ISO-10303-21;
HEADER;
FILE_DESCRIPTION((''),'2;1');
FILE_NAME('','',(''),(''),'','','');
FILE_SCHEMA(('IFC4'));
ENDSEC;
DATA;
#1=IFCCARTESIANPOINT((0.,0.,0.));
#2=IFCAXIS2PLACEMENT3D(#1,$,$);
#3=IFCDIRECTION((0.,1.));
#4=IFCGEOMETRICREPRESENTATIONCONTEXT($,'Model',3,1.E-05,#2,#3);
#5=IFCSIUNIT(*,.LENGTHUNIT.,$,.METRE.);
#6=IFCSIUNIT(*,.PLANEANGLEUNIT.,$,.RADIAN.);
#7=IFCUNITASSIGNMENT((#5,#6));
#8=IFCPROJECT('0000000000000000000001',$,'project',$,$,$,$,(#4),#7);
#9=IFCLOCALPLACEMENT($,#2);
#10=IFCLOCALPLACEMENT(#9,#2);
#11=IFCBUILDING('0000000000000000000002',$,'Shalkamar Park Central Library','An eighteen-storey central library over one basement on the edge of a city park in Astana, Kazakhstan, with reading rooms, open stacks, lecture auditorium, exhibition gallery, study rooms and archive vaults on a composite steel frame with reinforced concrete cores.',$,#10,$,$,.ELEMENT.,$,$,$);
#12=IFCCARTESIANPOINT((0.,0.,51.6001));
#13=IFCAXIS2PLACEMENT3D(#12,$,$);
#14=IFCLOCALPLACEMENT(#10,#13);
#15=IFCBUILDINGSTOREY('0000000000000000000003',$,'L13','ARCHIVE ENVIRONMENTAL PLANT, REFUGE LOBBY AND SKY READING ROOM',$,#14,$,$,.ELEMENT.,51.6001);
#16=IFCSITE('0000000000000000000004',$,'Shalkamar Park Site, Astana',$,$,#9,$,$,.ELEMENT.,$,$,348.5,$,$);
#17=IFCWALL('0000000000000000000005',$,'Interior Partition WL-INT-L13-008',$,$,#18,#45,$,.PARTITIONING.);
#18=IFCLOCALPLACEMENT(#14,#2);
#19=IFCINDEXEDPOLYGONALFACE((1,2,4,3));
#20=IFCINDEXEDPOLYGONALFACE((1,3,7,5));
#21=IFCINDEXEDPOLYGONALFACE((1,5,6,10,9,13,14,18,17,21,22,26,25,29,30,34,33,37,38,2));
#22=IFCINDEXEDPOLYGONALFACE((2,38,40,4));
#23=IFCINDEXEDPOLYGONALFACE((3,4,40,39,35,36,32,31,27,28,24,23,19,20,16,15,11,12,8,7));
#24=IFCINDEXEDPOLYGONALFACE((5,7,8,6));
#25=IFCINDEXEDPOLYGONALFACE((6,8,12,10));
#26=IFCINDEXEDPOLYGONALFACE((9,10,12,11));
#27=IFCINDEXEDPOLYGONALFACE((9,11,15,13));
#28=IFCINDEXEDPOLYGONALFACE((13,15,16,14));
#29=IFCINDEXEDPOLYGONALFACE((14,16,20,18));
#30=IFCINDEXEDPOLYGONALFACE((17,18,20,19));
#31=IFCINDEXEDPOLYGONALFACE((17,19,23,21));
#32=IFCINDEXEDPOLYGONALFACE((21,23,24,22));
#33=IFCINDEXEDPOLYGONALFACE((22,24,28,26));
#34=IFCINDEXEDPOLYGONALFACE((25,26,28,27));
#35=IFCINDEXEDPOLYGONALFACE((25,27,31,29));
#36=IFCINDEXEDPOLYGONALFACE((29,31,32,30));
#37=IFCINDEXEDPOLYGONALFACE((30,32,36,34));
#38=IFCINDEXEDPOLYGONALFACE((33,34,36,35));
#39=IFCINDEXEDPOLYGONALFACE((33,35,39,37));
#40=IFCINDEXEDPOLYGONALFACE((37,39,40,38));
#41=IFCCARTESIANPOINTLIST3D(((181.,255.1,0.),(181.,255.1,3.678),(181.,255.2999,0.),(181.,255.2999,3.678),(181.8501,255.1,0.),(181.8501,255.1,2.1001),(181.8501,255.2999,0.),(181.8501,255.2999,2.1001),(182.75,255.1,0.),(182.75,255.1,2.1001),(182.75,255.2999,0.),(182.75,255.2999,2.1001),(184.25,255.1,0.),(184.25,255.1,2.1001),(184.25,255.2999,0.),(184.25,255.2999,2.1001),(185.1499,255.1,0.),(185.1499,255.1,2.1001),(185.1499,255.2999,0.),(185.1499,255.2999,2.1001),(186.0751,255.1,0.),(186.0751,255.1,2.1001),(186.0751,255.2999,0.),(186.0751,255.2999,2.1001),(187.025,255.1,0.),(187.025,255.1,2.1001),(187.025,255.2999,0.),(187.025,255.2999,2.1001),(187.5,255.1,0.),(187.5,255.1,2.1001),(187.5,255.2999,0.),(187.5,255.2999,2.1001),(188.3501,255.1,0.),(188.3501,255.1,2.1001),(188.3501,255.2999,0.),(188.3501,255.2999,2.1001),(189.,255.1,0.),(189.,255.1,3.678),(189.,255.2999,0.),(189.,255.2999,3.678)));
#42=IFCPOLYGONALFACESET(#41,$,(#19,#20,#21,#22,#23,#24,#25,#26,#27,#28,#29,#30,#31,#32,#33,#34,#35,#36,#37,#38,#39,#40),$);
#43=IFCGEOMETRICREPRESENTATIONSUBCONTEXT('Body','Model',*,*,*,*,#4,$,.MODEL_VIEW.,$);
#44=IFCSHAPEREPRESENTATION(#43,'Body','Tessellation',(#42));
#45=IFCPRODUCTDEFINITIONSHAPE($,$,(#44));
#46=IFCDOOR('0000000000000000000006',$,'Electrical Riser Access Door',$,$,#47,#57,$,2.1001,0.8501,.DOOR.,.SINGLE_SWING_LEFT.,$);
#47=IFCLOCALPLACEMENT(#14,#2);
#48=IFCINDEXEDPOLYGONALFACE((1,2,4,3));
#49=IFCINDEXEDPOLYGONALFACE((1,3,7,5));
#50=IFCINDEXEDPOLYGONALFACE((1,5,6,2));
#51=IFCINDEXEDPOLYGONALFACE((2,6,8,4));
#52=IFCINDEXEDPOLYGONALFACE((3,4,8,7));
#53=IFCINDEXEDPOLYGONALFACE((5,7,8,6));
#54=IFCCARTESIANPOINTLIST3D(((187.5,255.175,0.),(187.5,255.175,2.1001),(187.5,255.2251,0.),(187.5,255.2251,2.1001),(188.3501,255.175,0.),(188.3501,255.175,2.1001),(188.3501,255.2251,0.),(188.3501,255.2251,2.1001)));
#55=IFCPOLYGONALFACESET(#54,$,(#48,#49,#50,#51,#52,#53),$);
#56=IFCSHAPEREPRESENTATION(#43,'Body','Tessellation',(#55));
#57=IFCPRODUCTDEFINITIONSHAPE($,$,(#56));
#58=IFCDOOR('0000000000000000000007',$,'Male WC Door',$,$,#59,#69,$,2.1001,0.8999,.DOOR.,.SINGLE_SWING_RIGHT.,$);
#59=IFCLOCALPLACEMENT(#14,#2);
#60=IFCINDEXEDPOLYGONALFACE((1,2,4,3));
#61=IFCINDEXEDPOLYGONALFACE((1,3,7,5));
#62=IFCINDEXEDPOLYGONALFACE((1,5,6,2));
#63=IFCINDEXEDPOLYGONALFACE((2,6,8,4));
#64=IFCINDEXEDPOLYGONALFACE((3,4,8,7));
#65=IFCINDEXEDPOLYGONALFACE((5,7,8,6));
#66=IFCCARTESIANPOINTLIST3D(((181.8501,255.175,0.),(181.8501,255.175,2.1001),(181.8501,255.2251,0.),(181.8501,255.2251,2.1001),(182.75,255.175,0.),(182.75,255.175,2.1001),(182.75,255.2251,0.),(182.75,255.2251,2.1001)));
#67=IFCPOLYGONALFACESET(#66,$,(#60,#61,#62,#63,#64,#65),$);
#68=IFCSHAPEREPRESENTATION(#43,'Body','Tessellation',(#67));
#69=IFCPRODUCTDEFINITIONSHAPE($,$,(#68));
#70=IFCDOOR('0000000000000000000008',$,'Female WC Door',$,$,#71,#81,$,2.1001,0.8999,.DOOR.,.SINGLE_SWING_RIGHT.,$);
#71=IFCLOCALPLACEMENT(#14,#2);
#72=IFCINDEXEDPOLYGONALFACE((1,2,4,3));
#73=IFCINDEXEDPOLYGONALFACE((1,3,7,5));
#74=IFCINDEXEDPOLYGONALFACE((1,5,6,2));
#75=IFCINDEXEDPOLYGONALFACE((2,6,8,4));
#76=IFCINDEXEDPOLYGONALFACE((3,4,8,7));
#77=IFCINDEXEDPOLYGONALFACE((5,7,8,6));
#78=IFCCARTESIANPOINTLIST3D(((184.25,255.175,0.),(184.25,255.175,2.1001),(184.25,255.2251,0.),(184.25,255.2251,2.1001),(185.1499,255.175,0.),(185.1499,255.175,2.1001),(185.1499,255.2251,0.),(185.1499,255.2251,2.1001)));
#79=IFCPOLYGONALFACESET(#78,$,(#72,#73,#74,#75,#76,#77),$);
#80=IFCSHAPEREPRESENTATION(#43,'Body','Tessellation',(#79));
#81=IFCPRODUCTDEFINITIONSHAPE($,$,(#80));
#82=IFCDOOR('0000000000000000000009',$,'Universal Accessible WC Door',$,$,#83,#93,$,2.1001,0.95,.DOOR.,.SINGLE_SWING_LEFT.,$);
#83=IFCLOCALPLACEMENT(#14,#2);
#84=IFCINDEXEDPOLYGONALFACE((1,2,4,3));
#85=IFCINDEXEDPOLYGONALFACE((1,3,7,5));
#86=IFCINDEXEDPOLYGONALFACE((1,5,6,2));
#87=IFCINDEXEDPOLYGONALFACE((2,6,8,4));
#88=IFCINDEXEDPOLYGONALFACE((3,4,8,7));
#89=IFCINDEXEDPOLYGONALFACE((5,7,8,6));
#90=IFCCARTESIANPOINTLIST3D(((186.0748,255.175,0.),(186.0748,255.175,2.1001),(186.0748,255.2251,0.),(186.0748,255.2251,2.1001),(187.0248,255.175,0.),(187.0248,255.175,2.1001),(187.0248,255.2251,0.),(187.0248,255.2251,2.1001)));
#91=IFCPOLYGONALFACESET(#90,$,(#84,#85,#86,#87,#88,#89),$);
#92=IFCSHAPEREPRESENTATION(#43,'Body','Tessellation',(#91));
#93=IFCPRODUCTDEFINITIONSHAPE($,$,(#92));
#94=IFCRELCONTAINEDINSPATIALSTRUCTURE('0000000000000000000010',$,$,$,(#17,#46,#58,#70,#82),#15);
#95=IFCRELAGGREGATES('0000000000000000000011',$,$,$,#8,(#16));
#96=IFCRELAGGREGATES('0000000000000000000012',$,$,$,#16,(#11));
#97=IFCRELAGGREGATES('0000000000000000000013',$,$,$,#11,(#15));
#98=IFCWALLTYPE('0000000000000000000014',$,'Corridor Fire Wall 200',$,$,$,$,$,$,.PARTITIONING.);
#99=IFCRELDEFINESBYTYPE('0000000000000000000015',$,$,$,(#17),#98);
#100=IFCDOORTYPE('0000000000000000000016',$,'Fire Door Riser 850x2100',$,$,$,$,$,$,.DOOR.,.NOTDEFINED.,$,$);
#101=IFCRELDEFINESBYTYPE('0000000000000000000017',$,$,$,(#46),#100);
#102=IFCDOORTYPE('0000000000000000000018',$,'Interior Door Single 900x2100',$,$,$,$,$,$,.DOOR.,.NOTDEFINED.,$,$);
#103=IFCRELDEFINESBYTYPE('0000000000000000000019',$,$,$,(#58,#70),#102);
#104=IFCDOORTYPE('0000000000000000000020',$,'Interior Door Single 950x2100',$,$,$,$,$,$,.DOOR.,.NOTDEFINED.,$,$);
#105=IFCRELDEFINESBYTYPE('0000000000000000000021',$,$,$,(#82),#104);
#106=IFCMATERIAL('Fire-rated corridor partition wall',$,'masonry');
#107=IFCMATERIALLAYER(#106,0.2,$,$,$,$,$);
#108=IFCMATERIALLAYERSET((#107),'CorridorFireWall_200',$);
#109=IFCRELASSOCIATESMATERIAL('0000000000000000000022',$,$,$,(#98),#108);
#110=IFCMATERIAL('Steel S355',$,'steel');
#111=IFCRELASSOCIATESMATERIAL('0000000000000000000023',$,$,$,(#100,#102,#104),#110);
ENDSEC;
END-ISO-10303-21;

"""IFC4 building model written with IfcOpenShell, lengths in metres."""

from ifc_helpers import new_model, si_unit, direction, frame, frame_2d, origin, place, context, subcontext, project, spatial, rectangle, extrude, material, layer, layer_set, type_object, element, fill, save


model = new_model("IFC4")

# Units and contexts
model_context = context("Model", 3, precision=1e-05, world=origin(), true_north=direction((0.0, 1.0)))
body_context = subcontext(model_context, "Body", "Model", "MODEL_VIEW")
ifc_project = project(units=[si_unit("LENGTHUNIT", "METRE"), si_unit("PLANEANGLEUNIT", "RADIAN")], contexts=[model_context])

# Site, building, storey
site_placement = place(None, origin())
site = spatial("IfcSite", under=ifc_project, at=site_placement, Name="Shalkamar Park Site, Astana", CompositionType="ELEMENT", RefElevation=348.5)
building_placement = place(site_placement, origin())
building = spatial("IfcBuilding", under=site, at=building_placement, Name="Shalkamar Park Central Library", Description="An eighteen-storey central library over one basement on the edge of a city park in Astana, Kazakhstan, with reading rooms, open stacks, lecture auditorium, exhibition gallery, study rooms and archive vaults on a composite steel frame with reinforced concrete cores.", CompositionType="ELEMENT")
storey_placement = place(building_placement, frame((0.0, 0.0, 51.6001)))
storey = spatial("IfcBuildingStorey", under=building, at=storey_placement, Name="L13", Description="ARCHIVE ENVIRONMENTAL PLANT, REFUGE LOBBY AND SKY READING ROOM", CompositionType="ELEMENT", Elevation=51.6001)

# Shared definitions
ifc_material_1 = material(Name="Steel S355", Category="steel")

# Wall, openings, doors
ifc_material_2 = material(Name="Fire-rated corridor partition wall", Category="masonry")
ifc_layer = layer(ifc_material_2, 0.2)
ifc_layer_set = layer_set([ifc_layer], Name="CorridorFireWall_200")
wall_type = type_object("IfcWallType", Name="Corridor Fire Wall 200", PredefinedType="PARTITIONING", material=ifc_layer_set)
wall_placement = place(storey_placement, frame((181.0, 255.2, 0.0), z_axis=(0.0, 0.0, 1.0), x_axis=(1.0, 0.0, 0.0)))
wall = element("IfcWall", 1, at=wall_placement, inside=storey, type_object=wall_type, Name="Interior Partition WL-INT-L13-008", PredefinedType="PARTITIONING", context=body_context, shape_type="SweptSolid", body=[
    extrude(rectangle(XDim=8.0, YDim=0.2, at=frame_2d((4.0, 0.0))), origin(), (0.0, 0.0, 1.0), 3.678),
])
opening_1_placement = place(wall_placement, frame((0.8501, 0.0, 0.0)))
opening_1 = element("IfcOpeningElement", 2, at=opening_1_placement, cuts=wall, PredefinedType="OPENING", context=body_context, shape_type="SweptSolid", body=[
    extrude(rectangle(XDim=0.8999, YDim=2.1001, at=frame_2d((0.45, 1.05))), frame((0.0, 0.1147, 0.0), z_axis=(0.0, -1.0, 0.0), x_axis=(1.0, 0.0, 0.0)), (0.0, 0.0, 1.0), 0.2297),
])
opening_2_placement = place(wall_placement, frame((3.25, 0.0, 0.0)))
opening_2 = element("IfcOpeningElement", 3, at=opening_2_placement, cuts=wall, PredefinedType="OPENING", context=body_context, shape_type="SweptSolid", body=[
    extrude(rectangle(XDim=0.8999, YDim=2.1001, at=frame_2d((0.45, 1.05))), frame((0.0, 0.1147, 0.0), z_axis=(0.0, -1.0, 0.0), x_axis=(1.0, 0.0, 0.0)), (0.0, 0.0, 1.0), 0.2297),
])
opening_3_placement = place(wall_placement, frame((5.075, 0.0, 0.0)))
opening_3 = element("IfcOpeningElement", 4, at=opening_3_placement, cuts=wall, PredefinedType="OPENING", context=body_context, shape_type="SweptSolid", body=[
    extrude(rectangle(XDim=0.95, YDim=2.1001, at=frame_2d((0.4751, 1.05))), frame((0.0, 0.1147, 0.0), z_axis=(0.0, -1.0, 0.0), x_axis=(1.0, 0.0, 0.0)), (0.0, 0.0, 1.0), 0.2297),
])
opening_4_placement = place(wall_placement, frame((6.5, 0.0, 0.0)))
opening_4 = element("IfcOpeningElement", 5, at=opening_4_placement, cuts=wall, PredefinedType="OPENING", context=body_context, shape_type="SweptSolid", body=[
    extrude(rectangle(XDim=0.8501, YDim=2.1001, at=frame_2d((0.425, 1.05))), frame((0.0, 0.1147, 0.0), z_axis=(0.0, -1.0, 0.0), x_axis=(1.0, 0.0, 0.0)), (0.0, 0.0, 1.0), 0.2297),
])
door_type_1 = type_object("IfcDoorType", Name="Fire Door Riser 850x2100", OperationType="NOTDEFINED", PredefinedType="DOOR", material=ifc_material_1)
door_1_placement = place(opening_4_placement, frame((0.8501, 0.0, 0.0), z_axis=(0.0, 0.0, 1.0), x_axis=(-1.0, 0.0, 0.0)))
door_1 = element("IfcDoor", 6, at=door_1_placement, inside=storey, type_object=door_type_1, Name="Electrical Riser Access Door", OperationType="SINGLE_SWING_LEFT", OverallHeight=2.1001, OverallWidth=0.8501, PredefinedType="DOOR", context=body_context, shape_type="SweptSolid", body=[
    extrude(rectangle(XDim=0.8501, YDim=2.1001, at=frame_2d((0.425, 1.05))), frame((0.0, 0.0249, 0.0), z_axis=(0.0, -1.0, 0.0), x_axis=(1.0, 0.0, 0.0)), (0.0, 0.0, 1.0), 0.05),
])
fill(opening_4, door_1)
door_type_2 = type_object("IfcDoorType", Name="Interior Door Single 900x2100", OperationType="NOTDEFINED", PredefinedType="DOOR", material=ifc_material_1)
door_2_placement = place(opening_1_placement, frame((0.8999, 0.0, 0.0), z_axis=(0.0, 0.0, 1.0), x_axis=(-1.0, 0.0, 0.0)))
door_2 = element("IfcDoor", 7, at=door_2_placement, inside=storey, type_object=door_type_2, Name="Male WC Door", OperationType="SINGLE_SWING_RIGHT", OverallHeight=2.1001, OverallWidth=0.8999, PredefinedType="DOOR", context=body_context, shape_type="SweptSolid", body=[
    extrude(rectangle(XDim=0.8999, YDim=2.1001, at=frame_2d((0.45, 1.05))), frame((0.0, 0.0249, 0.0), z_axis=(0.0, -1.0, 0.0), x_axis=(1.0, 0.0, 0.0)), (0.0, 0.0, 1.0), 0.05),
])
fill(opening_1, door_2)
door_3_placement = place(opening_2_placement, frame((0.8999, 0.0, 0.0), z_axis=(0.0, 0.0, 1.0), x_axis=(-1.0, 0.0, 0.0)))
door_3 = element("IfcDoor", 8, at=door_3_placement, inside=storey, type_object=door_type_2, Name="Female WC Door", OperationType="SINGLE_SWING_RIGHT", OverallHeight=2.1001, OverallWidth=0.8999, PredefinedType="DOOR", context=body_context, shape_type="SweptSolid", body=[
    extrude(rectangle(XDim=0.8999, YDim=2.1001, at=frame_2d((0.45, 1.05))), frame((0.0, 0.0249, 0.0), z_axis=(0.0, -1.0, 0.0), x_axis=(1.0, 0.0, 0.0)), (0.0, 0.0, 1.0), 0.05),
])
fill(opening_2, door_3)
door_type_3 = type_object("IfcDoorType", Name="Interior Door Single 950x2100", OperationType="NOTDEFINED", PredefinedType="DOOR", material=ifc_material_1)
door_4_placement = place(opening_3_placement, frame((0.95, 0.0, 0.0), z_axis=(0.0, 0.0, 1.0), x_axis=(-1.0, 0.0, 0.0)))
door_4 = element("IfcDoor", 9, at=door_4_placement, inside=storey, type_object=door_type_3, Name="Universal Accessible WC Door", OperationType="SINGLE_SWING_LEFT", OverallHeight=2.1001, OverallWidth=0.95, PredefinedType="DOOR", context=body_context, shape_type="SweptSolid", body=[
    extrude(rectangle(XDim=0.95, YDim=2.1001, at=frame_2d((0.4751, 1.05))), frame((0.0, 0.0249, 0.0), z_axis=(0.0, -1.0, 0.0), x_axis=(1.0, 0.0, 0.0)), (0.0, 0.0, 1.0), 0.05),
])
fill(opening_3, door_4)

save(model, "model.ifc")
